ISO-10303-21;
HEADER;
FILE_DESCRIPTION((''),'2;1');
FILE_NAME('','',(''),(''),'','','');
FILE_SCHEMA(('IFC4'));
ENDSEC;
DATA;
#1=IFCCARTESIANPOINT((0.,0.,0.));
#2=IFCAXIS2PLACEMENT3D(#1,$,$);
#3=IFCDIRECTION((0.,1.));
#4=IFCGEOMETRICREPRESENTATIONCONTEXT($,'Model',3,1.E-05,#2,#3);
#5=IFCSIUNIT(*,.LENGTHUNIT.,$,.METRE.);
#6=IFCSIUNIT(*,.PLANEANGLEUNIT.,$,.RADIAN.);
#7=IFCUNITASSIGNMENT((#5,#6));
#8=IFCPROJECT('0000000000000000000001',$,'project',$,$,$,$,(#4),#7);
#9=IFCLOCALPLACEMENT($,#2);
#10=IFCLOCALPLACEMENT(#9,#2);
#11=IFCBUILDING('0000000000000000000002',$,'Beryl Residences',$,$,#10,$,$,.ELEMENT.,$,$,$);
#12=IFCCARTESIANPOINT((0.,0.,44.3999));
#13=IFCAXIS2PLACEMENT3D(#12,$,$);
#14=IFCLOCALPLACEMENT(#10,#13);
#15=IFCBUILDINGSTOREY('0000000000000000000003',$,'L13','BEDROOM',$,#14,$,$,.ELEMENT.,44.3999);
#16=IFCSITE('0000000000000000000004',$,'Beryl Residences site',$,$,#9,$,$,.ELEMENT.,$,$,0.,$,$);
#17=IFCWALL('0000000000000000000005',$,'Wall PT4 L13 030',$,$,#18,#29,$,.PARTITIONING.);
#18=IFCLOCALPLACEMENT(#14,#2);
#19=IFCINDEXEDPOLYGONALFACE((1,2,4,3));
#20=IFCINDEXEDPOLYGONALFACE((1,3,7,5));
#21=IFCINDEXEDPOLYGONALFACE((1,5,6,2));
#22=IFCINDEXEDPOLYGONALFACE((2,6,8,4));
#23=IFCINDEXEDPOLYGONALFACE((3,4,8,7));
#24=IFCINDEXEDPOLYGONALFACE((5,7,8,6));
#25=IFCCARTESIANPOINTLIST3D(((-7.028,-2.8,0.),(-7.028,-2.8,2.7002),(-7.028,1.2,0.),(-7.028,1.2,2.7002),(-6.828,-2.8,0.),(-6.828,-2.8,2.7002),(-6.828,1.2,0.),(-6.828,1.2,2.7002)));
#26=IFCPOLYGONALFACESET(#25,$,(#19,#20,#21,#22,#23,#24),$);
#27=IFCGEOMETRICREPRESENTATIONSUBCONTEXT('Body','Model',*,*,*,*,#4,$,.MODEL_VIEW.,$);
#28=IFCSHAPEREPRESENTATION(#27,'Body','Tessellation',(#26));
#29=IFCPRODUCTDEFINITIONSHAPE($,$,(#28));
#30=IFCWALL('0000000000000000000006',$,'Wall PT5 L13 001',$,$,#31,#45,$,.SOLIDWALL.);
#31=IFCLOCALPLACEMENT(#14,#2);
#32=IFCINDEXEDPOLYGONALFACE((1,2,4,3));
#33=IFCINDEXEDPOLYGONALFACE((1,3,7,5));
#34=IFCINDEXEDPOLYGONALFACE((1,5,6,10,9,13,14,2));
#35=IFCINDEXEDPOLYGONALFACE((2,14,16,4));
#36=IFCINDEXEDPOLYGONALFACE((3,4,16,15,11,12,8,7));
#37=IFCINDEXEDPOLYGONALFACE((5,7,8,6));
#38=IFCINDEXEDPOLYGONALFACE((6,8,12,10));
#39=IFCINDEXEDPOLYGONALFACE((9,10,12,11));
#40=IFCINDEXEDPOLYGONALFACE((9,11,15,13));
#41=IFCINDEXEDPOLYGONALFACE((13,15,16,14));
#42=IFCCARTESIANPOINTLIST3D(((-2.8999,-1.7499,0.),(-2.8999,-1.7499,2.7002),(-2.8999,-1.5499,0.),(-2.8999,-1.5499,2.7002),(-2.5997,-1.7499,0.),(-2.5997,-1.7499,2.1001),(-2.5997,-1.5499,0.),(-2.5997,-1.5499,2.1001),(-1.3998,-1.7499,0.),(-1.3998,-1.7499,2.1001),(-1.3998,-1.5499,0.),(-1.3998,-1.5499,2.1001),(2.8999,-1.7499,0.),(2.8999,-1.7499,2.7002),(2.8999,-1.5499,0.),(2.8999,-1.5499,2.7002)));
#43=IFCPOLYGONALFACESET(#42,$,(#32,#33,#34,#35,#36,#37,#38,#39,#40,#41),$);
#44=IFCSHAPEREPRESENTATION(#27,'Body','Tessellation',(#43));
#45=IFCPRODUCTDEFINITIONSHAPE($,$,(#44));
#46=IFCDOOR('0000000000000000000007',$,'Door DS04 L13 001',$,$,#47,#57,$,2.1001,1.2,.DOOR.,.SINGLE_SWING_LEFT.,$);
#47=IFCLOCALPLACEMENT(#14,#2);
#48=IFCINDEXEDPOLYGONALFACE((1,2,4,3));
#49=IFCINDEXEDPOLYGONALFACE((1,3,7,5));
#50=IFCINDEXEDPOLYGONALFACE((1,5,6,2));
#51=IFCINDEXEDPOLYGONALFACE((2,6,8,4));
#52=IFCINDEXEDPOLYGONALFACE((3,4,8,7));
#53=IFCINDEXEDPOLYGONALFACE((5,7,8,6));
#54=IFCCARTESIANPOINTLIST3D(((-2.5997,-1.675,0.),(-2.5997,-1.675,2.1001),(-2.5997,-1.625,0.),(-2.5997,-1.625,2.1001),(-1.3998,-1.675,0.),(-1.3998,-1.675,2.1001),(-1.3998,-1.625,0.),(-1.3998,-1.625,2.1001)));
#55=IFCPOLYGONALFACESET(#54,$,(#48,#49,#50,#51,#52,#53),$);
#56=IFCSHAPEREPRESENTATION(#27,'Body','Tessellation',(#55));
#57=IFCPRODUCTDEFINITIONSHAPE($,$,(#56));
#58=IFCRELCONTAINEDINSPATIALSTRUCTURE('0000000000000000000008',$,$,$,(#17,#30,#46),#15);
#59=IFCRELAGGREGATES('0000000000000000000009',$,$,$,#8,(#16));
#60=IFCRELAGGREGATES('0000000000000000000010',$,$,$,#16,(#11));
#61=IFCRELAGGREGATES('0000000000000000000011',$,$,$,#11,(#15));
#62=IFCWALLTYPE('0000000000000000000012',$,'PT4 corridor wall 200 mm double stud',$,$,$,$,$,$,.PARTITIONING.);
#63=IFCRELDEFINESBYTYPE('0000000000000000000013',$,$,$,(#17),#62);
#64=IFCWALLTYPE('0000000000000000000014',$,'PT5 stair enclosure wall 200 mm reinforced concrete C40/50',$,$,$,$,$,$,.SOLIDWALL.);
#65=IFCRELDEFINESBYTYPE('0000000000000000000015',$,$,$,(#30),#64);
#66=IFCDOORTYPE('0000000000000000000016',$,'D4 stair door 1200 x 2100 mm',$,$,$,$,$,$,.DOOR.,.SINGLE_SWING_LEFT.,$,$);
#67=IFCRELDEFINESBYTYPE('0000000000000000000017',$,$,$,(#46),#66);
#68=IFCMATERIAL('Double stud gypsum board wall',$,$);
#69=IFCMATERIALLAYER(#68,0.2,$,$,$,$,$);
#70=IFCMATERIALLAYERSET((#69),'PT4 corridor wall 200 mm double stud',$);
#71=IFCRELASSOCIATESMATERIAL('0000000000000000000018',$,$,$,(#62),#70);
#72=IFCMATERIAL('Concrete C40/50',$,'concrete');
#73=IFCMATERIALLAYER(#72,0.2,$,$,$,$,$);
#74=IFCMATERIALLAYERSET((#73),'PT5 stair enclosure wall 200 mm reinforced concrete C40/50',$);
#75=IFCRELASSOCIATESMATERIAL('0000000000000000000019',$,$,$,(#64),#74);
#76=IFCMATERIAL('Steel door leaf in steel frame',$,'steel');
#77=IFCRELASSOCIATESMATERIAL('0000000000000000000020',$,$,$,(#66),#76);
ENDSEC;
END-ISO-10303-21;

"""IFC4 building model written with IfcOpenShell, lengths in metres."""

from ifc_helpers import new_model, si_unit, direction, frame, frame_2d, origin, place, context, subcontext, project, spatial, rectangle, extrude, material, layer, layer_set, type_object, element, fill, save


model = new_model("IFC4")

# Units and contexts
model_context = context("Model", 3, precision=1e-05, world=origin(), true_north=direction((0.0, 1.0)))
body_context = subcontext(model_context, "Body", "Model", "MODEL_VIEW")
ifc_project = project(units=[si_unit("LENGTHUNIT", "METRE"), si_unit("PLANEANGLEUNIT", "RADIAN")], contexts=[model_context])

# Site, building, storey
site_placement = place(None, origin())
site = spatial("IfcSite", under=ifc_project, at=site_placement, Name="Beryl Residences site", CompositionType="ELEMENT", RefElevation=0.0)
building_placement = place(site_placement, origin())
building = spatial("IfcBuilding", under=site, at=building_placement, Name="Beryl Residences", CompositionType="ELEMENT")
storey_placement = place(building_placement, frame((0.0, 0.0, 44.3999)))
storey = spatial("IfcBuildingStorey", under=building, at=storey_placement, Name="L13", Description="BEDROOM", CompositionType="ELEMENT", Elevation=44.3999)

# Wall
ifc_material_1 = material(Name="Double stud gypsum board wall")
ifc_layer_1 = layer(ifc_material_1, 0.2)
ifc_layer_set_1 = layer_set([ifc_layer_1], Name="PT4 corridor wall 200 mm double stud")
wall_type_1 = type_object("IfcWallType", Name="PT4 corridor wall 200 mm double stud", PredefinedType="PARTITIONING", material=ifc_layer_set_1)
wall_1_placement = place(storey_placement, frame((-6.928, -2.8, 0.0), z_axis=(0.0, 0.0, 1.0), x_axis=(0.0, 1.0, 0.0)))
element("IfcWall", 1, at=wall_1_placement, inside=storey, type_object=wall_type_1, Name="Wall PT4 L13 030", PredefinedType="PARTITIONING", context=body_context, shape_type="SweptSolid", body=[
    extrude(rectangle(XDim=4.0, YDim=0.2, at=frame_2d((2.0, 0.0))), origin(), (0.0, 0.0, 1.0), 2.7002),
])

# Wall, opening, door
ifc_material_2 = material(Name="Concrete C40/50", Category="concrete")
ifc_layer_2 = layer(ifc_material_2, 0.2)
ifc_layer_set_2 = layer_set([ifc_layer_2], Name="PT5 stair enclosure wall 200 mm reinforced concrete C40/50")
wall_type_2 = type_object("IfcWallType", Name="PT5 stair enclosure wall 200 mm reinforced concrete C40/50", PredefinedType="SOLIDWALL", material=ifc_layer_set_2)
wall_2_placement = place(storey_placement, frame((-2.8999, -1.6499, 0.0), z_axis=(0.0, 0.0, 1.0), x_axis=(1.0, 0.0, 0.0)))
wall_2 = element("IfcWall", 2, at=wall_2_placement, inside=storey, type_object=wall_type_2, Name="Wall PT5 L13 001", PredefinedType="SOLIDWALL", context=body_context, shape_type="SweptSolid", body=[
    extrude(rectangle(XDim=5.7998, YDim=0.2, at=frame_2d((2.8999, 0.0))), origin(), (0.0, 0.0, 1.0), 2.7002),
])
opening_1_placement = place(wall_2_placement, frame((0.3, 0.0, 0.0)))
opening_1 = element("IfcOpeningElement", 3, at=opening_1_placement, cuts=wall_2, PredefinedType="OPENING", context=body_context, shape_type="SweptSolid", body=[
    extrude(rectangle(XDim=1.2, YDim=2.1001, at=frame_2d((0.6001, 1.05))), frame((0.0, 0.1099, 0.0), z_axis=(0.0, -1.0, 0.0), x_axis=(1.0, 0.0, 0.0)), (0.0, 0.0, 1.0), 0.22),
])
ifc_material_3 = material(Name="Steel door leaf in steel frame", Category="steel")
door_type_1 = type_object("IfcDoorType", Name="D4 stair door 1200 x 2100 mm", OperationType="SINGLE_SWING_LEFT", PredefinedType="DOOR", material=ifc_material_3)
door_1_placement = place(opening_1_placement, origin())
door_1 = element("IfcDoor", 4, at=door_1_placement, inside=storey, type_object=door_type_1, Name="Door DS04 L13 001", OperationType="SINGLE_SWING_LEFT", OverallHeight=2.1001, OverallWidth=1.2, PredefinedType="DOOR", context=body_context, shape_type="SweptSolid", body=[
    extrude(rectangle(XDim=1.2, YDim=2.1001, at=frame_2d((0.6001, 1.05))), frame((0.0, 0.0249, 0.0), z_axis=(0.0, -1.0, 0.0), x_axis=(1.0, 0.0, 0.0)), (0.0, 0.0, 1.0), 0.05),
])
fill(opening_1, door_1)

save(model, "model.ifc")
